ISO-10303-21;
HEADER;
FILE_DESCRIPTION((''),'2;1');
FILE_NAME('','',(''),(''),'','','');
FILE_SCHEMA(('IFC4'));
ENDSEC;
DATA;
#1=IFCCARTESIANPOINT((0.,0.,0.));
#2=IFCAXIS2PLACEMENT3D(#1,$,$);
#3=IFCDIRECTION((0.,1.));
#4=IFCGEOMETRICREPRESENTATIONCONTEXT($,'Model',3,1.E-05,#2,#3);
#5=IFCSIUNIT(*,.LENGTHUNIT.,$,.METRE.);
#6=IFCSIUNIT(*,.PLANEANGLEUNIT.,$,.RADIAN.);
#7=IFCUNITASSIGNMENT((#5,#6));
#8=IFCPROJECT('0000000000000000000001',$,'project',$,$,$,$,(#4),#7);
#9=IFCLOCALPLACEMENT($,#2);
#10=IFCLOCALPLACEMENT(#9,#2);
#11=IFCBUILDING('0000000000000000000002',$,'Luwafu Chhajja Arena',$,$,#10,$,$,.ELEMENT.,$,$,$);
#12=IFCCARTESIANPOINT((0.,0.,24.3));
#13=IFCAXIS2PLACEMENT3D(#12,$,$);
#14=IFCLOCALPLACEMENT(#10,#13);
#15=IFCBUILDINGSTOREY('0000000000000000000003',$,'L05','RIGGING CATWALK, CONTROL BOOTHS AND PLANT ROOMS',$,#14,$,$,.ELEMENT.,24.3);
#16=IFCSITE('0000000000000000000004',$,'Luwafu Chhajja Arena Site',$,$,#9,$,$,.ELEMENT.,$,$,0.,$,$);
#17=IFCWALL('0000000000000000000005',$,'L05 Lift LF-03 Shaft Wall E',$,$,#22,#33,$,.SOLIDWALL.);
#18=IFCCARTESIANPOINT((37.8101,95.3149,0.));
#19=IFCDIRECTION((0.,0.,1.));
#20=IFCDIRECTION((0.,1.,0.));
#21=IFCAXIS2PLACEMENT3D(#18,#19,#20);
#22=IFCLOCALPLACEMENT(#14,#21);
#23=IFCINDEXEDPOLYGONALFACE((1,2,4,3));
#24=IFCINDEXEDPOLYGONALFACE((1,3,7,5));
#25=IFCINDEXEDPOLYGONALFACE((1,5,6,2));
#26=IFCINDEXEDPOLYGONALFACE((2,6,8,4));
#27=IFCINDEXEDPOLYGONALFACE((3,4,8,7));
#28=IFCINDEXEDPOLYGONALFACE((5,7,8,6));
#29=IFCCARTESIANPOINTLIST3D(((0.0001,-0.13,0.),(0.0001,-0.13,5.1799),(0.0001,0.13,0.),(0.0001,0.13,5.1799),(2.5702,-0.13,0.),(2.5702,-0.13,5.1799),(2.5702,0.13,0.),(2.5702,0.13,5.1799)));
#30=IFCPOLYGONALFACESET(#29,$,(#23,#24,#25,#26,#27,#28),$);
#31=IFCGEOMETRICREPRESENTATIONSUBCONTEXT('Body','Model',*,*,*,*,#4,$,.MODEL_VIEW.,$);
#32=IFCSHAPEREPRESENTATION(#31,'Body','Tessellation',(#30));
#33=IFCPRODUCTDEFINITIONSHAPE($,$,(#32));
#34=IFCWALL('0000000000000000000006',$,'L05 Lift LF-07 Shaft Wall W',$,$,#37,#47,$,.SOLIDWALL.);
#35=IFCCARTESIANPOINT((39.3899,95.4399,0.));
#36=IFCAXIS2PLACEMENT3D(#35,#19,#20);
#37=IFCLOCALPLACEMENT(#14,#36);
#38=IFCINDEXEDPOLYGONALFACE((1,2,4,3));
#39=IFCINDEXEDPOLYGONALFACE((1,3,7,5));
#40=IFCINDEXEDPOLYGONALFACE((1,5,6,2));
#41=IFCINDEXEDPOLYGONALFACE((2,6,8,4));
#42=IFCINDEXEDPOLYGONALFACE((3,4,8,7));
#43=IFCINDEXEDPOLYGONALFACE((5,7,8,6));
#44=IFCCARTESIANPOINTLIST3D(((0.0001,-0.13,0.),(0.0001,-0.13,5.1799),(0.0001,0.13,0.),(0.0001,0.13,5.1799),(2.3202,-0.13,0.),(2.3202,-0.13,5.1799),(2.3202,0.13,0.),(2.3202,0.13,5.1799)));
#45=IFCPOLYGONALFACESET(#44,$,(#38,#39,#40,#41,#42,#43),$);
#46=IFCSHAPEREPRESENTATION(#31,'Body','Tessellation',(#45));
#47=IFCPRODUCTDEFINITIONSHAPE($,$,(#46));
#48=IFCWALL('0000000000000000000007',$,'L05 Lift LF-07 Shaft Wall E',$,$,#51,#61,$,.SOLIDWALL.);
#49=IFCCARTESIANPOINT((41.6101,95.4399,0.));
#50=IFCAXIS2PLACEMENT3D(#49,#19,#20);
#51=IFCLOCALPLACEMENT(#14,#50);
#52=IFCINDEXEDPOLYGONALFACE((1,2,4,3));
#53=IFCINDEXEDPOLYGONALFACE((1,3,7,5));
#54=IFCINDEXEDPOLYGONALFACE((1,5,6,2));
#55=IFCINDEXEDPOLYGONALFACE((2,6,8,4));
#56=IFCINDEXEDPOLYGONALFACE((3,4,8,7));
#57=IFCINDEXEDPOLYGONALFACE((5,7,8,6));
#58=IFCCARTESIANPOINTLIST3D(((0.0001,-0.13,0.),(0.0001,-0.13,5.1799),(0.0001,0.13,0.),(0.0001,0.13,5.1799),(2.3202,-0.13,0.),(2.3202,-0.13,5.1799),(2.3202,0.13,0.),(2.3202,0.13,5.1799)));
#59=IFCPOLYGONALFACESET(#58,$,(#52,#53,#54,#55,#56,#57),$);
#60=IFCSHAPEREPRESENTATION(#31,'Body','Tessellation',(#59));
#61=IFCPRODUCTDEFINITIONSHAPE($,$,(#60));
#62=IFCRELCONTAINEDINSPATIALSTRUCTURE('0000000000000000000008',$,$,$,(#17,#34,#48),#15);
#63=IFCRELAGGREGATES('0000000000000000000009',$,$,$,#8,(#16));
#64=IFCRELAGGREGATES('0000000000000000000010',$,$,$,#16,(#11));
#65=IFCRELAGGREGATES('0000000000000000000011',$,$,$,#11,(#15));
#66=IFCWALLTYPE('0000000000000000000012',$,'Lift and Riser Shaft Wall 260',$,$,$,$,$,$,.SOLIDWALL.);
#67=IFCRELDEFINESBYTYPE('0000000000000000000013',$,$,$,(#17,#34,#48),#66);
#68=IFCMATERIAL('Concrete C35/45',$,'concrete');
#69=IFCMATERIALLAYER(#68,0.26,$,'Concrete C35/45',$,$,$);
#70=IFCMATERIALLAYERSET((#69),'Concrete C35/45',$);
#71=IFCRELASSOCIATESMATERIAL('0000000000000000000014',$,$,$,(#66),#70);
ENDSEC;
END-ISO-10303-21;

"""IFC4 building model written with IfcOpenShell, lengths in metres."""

from ifc_helpers import new_model, si_unit, direction, frame, frame_2d, origin, place, context, subcontext, project, spatial, rectangle, extrude, material, layer, layer_set, type_object, element, save


model = new_model("IFC4")

# Units and contexts
model_context = context("Model", 3, precision=1e-05, world=origin(), true_north=direction((0.0, 1.0)))
body_context = subcontext(model_context, "Body", "Model", "MODEL_VIEW")
ifc_project = project(units=[si_unit("LENGTHUNIT", "METRE"), si_unit("PLANEANGLEUNIT", "RADIAN")], contexts=[model_context])

# Site, building, storey
site_placement = place(None, origin())
site = spatial("IfcSite", under=ifc_project, at=site_placement, Name="Luwafu Chhajja Arena Site", CompositionType="ELEMENT", RefElevation=0.0)
building_placement = place(site_placement, origin())
building = spatial("IfcBuilding", under=site, at=building_placement, Name="Luwafu Chhajja Arena", CompositionType="ELEMENT")
storey_placement = place(building_placement, frame((0.0, 0.0, 24.3)))
storey = spatial("IfcBuildingStorey", under=building, at=storey_placement, Name="L05", Description="RIGGING CATWALK, CONTROL BOOTHS AND PLANT ROOMS", CompositionType="ELEMENT", Elevation=24.3)

# Shared definitions
ifc_material_1 = material(Name="Concrete C35/45", Category="concrete")

# Wall
ifc_layer_1 = layer(ifc_material_1, 0.26, Name="Concrete C35/45")
ifc_layer_set_1 = layer_set([ifc_layer_1], Name="Concrete C35/45")
wall_type_1 = type_object("IfcWallType", Name="Lift and Riser Shaft Wall 260", PredefinedType="SOLIDWALL", material=ifc_layer_set_1)
wall_1_placement = place(storey_placement, frame((37.8101, 95.3149, 0.0), z_axis=(0.0, 0.0, 1.0), x_axis=(0.0, 1.0, 0.0)))
element("IfcWall", 1, at=wall_1_placement, inside=storey, type_object=wall_type_1, Name="L05 Lift LF-03 Shaft Wall E", PredefinedType="SOLIDWALL", context=body_context, shape_type="SweptSolid", body=[
    extrude(rectangle(XDim=2.5701, YDim=0.26, at=frame_2d((1.2852, 0.0))), origin(), (0.0, 0.0, 1.0), 5.1799),
])

# Walls
for number, where, z_axis, x_axis, name in (
    (2, (39.3899, 95.4399, 0.0), (0.0, 0.0, 1.0), (0.0, 1.0, 0.0), "L05 Lift LF-07 Shaft Wall W"),
    (3, (41.6101, 95.4399, 0.0), (0.0, 0.0, 1.0), (0.0, 1.0, 0.0), "L05 Lift LF-07 Shaft Wall E"),
):
    element("IfcWall", number, at=place(storey_placement, frame(where, z_axis=z_axis, x_axis=x_axis)), inside=storey, type_object=wall_type_1, Name=name, PredefinedType="SOLIDWALL", context=body_context, shape_type="SweptSolid", body=[
        extrude(rectangle(XDim=2.3201, YDim=0.26, at=frame_2d((1.1602, 0.0))), origin(), (0.0, 0.0, 1.0), 5.1799),
    ])

save(model, "model.ifc")
